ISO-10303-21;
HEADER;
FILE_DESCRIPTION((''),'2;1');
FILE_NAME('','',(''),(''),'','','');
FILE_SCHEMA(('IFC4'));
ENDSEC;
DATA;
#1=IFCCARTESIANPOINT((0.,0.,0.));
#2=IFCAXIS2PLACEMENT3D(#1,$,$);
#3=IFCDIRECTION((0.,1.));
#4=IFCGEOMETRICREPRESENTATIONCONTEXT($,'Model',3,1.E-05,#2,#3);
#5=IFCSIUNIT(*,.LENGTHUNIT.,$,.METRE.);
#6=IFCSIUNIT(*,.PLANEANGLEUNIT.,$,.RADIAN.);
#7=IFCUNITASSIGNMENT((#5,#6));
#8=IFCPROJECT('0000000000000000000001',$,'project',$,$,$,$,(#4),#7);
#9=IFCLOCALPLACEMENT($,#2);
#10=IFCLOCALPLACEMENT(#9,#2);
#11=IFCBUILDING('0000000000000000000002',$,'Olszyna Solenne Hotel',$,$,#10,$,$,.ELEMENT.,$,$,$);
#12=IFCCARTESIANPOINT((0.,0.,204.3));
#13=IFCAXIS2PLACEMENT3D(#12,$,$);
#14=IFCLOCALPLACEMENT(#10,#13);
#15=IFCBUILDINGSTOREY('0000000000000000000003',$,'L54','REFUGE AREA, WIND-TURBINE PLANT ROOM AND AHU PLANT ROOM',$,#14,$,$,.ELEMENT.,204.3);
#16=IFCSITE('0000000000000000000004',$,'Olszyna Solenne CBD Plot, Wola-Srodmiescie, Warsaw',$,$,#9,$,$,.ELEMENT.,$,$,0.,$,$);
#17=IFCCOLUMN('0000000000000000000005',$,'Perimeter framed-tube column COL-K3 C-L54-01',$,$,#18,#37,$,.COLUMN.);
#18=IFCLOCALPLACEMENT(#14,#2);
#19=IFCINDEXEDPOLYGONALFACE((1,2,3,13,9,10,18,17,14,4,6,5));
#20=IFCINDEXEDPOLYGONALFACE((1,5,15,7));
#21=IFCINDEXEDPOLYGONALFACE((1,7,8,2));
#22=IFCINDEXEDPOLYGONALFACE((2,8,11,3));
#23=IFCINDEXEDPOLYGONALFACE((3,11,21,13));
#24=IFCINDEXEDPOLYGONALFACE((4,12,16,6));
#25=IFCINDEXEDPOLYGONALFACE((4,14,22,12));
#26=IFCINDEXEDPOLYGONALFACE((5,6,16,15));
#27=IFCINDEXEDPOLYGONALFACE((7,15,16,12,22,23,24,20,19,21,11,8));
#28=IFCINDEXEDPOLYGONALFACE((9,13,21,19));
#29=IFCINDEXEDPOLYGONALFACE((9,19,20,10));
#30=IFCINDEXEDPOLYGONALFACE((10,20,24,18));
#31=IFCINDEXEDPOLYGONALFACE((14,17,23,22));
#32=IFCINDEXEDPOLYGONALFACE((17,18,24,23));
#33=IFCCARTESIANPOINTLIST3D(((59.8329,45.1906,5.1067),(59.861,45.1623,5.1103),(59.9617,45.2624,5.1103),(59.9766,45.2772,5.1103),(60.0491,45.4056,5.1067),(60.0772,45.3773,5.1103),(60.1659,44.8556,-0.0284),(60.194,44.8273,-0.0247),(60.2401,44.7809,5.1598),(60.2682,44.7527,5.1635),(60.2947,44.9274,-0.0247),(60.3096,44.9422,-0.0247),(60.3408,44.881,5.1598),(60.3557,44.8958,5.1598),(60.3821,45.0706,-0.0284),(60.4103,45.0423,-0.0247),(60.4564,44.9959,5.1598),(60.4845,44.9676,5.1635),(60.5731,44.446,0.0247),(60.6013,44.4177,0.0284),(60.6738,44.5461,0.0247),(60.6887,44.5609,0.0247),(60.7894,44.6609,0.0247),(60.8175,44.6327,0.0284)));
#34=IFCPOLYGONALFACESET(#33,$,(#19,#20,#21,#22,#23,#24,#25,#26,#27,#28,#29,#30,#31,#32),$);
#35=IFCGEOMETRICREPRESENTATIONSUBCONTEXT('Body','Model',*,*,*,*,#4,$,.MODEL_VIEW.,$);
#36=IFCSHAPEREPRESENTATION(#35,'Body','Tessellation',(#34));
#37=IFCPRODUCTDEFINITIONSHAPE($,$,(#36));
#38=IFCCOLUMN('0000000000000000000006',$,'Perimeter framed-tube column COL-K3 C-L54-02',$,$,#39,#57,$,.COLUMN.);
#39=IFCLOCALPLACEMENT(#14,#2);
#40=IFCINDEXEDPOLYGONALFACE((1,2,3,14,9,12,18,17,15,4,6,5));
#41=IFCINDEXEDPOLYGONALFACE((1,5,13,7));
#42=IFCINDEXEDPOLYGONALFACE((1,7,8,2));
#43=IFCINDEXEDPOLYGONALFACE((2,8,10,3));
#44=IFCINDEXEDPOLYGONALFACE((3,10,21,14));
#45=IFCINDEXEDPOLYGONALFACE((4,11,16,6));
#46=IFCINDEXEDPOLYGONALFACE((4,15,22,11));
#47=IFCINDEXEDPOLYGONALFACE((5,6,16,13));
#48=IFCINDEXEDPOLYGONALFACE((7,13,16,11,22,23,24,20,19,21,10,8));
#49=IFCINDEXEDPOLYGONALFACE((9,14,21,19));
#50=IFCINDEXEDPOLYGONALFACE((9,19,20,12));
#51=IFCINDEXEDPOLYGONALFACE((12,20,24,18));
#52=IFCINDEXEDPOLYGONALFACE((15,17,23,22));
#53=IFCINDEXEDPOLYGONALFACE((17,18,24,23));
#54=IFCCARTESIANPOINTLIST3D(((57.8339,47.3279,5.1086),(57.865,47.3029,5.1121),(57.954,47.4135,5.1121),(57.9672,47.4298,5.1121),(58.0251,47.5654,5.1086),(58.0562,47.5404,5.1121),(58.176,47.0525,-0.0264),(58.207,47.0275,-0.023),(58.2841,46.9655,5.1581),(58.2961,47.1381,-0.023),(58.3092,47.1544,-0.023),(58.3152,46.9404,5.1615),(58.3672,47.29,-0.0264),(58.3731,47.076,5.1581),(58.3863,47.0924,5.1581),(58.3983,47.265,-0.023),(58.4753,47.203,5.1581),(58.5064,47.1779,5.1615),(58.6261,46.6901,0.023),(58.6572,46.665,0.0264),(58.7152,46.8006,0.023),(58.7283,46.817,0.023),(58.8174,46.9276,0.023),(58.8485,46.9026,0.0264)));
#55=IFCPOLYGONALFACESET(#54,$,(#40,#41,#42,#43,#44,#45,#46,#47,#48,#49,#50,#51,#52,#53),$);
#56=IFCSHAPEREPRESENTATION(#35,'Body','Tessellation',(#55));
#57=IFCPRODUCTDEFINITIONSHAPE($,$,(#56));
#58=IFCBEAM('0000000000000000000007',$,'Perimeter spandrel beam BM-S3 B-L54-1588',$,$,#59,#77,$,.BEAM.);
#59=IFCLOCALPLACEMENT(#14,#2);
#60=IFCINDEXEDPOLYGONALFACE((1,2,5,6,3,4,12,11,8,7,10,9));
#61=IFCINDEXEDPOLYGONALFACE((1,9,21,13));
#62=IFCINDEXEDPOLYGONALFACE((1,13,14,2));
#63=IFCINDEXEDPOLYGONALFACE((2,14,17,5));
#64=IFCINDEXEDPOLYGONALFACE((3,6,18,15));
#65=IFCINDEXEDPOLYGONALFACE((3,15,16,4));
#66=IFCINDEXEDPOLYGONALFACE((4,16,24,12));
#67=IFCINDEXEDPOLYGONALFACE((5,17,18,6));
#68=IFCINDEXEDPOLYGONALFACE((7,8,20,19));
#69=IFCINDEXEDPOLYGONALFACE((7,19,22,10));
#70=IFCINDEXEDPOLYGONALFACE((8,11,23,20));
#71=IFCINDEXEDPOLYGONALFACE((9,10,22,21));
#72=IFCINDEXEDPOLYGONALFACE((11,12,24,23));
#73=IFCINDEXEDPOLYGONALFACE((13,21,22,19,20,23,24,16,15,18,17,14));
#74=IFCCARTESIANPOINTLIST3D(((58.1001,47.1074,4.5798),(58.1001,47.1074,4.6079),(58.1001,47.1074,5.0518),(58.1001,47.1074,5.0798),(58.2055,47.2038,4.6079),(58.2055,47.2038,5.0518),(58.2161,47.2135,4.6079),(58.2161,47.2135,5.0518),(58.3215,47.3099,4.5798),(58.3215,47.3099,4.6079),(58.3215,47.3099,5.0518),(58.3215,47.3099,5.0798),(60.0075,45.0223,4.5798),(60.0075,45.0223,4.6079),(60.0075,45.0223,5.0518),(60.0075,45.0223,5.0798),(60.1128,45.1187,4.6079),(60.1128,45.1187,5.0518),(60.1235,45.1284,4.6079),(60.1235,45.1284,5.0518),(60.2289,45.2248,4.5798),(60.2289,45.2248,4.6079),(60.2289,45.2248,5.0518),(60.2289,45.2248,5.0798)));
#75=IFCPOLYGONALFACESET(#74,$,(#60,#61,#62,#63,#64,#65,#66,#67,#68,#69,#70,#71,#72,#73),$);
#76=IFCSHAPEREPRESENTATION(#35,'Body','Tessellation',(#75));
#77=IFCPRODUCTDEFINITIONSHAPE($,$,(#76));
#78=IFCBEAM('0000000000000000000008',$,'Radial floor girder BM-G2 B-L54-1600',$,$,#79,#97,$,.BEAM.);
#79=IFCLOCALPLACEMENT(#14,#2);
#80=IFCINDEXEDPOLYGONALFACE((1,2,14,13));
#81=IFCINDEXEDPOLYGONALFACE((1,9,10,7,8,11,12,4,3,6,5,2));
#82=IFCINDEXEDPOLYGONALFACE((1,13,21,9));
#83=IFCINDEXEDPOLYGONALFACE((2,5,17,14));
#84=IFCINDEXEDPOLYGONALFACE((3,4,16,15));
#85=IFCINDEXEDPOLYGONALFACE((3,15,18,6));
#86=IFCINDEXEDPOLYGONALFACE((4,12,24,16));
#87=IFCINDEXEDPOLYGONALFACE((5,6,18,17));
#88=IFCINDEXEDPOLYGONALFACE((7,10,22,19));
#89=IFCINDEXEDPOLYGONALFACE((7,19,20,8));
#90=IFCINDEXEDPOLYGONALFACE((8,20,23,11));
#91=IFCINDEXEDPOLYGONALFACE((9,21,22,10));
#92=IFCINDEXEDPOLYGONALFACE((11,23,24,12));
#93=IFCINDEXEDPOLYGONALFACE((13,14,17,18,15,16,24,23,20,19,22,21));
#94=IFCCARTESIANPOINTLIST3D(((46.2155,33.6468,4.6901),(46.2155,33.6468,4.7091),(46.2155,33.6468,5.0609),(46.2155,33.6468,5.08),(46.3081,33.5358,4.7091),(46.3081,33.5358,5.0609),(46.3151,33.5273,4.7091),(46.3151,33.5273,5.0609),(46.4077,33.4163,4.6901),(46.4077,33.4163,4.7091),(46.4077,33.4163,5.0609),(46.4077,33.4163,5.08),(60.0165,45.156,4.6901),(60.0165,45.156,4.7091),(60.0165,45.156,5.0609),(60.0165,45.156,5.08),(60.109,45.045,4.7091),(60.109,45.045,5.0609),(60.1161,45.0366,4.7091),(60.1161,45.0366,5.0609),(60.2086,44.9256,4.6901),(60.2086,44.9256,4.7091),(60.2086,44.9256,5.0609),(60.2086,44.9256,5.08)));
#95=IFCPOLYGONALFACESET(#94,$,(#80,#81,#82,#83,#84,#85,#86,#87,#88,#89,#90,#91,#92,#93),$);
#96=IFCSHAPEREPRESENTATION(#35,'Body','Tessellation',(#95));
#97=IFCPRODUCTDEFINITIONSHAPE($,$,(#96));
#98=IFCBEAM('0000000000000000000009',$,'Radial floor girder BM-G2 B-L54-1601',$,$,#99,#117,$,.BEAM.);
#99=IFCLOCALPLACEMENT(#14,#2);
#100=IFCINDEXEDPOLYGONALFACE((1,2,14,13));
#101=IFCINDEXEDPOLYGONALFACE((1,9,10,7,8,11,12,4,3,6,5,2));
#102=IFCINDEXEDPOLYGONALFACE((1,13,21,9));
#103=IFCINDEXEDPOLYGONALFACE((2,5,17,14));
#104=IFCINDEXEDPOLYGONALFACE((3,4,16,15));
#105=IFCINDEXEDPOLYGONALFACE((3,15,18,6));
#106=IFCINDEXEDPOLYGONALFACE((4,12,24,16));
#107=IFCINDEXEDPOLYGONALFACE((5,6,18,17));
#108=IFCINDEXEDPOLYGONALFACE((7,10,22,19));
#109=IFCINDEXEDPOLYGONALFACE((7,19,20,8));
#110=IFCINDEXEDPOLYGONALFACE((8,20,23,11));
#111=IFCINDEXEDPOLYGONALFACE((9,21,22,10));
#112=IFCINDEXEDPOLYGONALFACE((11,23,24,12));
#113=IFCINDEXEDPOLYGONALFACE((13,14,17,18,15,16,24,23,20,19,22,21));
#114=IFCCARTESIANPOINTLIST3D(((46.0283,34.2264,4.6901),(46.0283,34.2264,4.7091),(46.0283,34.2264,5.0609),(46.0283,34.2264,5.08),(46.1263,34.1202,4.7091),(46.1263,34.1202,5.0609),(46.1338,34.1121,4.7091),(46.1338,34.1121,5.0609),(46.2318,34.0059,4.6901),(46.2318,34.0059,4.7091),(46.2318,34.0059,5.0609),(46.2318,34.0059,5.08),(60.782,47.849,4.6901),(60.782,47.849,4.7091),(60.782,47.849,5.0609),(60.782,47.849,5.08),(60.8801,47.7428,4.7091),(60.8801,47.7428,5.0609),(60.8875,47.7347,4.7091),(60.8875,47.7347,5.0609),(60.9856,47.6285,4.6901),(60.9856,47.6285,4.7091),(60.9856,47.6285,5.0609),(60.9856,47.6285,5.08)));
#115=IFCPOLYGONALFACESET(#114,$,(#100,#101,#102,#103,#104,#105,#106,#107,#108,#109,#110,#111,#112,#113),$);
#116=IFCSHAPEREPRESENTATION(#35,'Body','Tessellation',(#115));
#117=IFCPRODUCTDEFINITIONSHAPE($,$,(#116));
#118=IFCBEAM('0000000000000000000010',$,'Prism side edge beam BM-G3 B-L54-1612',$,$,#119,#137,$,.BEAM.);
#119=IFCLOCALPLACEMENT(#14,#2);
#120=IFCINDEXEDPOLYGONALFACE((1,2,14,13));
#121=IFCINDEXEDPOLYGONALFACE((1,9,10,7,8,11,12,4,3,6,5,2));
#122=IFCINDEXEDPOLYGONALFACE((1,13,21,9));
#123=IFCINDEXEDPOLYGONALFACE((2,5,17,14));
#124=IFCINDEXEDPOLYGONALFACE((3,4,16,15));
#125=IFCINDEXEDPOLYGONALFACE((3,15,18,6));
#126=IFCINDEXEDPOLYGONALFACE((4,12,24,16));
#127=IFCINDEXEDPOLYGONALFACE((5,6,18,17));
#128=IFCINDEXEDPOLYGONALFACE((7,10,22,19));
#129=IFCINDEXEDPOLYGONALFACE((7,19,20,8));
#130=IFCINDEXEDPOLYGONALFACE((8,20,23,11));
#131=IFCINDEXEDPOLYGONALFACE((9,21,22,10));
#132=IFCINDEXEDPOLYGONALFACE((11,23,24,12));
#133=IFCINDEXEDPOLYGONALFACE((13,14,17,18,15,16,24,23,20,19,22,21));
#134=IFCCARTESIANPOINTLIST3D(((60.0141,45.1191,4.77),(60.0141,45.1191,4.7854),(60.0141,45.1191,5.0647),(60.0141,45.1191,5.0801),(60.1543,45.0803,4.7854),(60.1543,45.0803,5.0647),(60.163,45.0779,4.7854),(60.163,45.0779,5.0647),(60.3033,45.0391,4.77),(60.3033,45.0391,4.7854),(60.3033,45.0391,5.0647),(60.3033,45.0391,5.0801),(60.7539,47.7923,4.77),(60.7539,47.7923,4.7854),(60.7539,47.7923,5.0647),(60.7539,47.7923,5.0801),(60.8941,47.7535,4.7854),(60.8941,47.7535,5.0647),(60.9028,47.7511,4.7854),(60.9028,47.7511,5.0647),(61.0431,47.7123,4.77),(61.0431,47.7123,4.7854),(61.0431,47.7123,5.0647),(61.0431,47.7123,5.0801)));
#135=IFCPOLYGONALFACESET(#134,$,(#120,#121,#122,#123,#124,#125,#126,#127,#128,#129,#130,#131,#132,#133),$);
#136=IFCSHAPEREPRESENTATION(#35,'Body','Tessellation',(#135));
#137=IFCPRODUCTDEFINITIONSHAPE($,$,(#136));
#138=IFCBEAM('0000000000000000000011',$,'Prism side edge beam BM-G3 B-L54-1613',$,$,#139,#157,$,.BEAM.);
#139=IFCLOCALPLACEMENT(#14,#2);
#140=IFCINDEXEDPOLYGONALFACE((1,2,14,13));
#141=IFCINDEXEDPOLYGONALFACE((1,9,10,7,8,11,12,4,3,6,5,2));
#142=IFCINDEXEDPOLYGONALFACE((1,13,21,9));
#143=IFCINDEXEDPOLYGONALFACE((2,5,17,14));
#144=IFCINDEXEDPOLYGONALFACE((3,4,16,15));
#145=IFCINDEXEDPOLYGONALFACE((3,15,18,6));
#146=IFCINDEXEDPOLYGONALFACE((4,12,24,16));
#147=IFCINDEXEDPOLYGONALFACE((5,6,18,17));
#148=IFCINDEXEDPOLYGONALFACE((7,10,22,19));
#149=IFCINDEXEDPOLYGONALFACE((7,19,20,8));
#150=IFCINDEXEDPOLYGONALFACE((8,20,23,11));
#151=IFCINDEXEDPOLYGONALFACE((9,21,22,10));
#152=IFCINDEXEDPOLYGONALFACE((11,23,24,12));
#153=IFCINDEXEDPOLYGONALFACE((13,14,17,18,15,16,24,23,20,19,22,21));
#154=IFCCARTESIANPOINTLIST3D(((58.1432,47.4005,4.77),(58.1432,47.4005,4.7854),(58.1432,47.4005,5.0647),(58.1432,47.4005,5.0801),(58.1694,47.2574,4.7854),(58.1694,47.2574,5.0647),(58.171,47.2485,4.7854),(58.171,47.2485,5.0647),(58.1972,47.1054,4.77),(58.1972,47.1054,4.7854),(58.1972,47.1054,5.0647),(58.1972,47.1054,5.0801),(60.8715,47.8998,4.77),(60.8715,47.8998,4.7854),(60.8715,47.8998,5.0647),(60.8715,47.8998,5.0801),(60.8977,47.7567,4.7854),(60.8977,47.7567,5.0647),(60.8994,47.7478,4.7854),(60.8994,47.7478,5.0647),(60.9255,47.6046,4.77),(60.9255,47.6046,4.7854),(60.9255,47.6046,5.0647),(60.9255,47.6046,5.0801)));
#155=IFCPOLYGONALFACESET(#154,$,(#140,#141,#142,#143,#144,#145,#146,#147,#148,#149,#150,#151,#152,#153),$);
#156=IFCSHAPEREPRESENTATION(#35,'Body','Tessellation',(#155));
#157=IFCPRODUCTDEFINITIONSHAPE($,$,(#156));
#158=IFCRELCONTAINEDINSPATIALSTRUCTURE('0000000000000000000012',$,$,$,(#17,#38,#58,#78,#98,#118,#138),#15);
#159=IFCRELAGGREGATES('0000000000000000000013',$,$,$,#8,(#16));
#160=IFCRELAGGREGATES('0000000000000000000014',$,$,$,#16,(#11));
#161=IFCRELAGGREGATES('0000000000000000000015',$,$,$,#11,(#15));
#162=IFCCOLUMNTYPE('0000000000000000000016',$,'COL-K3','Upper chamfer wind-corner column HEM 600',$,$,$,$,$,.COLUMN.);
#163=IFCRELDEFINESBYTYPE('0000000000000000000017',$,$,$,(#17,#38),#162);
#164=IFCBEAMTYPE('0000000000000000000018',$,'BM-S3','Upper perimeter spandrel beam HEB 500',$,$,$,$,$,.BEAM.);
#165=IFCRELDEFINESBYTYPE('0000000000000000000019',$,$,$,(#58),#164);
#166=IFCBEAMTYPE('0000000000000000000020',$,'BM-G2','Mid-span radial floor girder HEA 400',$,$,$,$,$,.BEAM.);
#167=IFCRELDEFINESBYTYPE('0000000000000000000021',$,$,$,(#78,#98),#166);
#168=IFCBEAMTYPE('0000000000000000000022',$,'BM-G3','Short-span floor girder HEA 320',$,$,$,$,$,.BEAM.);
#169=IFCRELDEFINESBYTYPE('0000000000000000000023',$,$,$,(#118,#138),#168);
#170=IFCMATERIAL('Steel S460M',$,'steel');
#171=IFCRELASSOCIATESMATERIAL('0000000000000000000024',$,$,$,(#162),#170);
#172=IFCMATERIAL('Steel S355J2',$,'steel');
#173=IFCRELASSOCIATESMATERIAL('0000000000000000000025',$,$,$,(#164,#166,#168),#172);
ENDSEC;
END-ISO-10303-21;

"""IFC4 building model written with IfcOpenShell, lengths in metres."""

from ifc_helpers import new_model, si_unit, direction, frame, origin, origin_2d, place, context, subcontext, project, spatial, i_section, extrude, source, transform, mapped, material, material_profile, profile_set, type_object, element, save


model = new_model("IFC4")

# Units and contexts
model_context = context("Model", 3, precision=1e-05, world=origin(), true_north=direction((0.0, 1.0)))
body_context = subcontext(model_context, "Body", "Model", "MODEL_VIEW")
ifc_project = project(units=[si_unit("LENGTHUNIT", "METRE"), si_unit("PLANEANGLEUNIT", "RADIAN")], contexts=[model_context])

# Site, building, storey
site_placement = place(None, origin())
site = spatial("IfcSite", under=ifc_project, at=site_placement, Name="Olszyna Solenne CBD Plot, Wola-Srodmiescie, Warsaw", CompositionType="ELEMENT", RefElevation=0.0)
building_placement = place(site_placement, origin())
building = spatial("IfcBuilding", under=site, at=building_placement, Name="Olszyna Solenne Hotel", CompositionType="ELEMENT")
storey_placement = place(building_placement, frame((0.0, 0.0, 204.3)))
storey = spatial("IfcBuildingStorey", under=building, at=storey_placement, Name="L54", Description="REFUGE AREA, WIND-TURBINE PLANT ROOM AND AHU PLANT ROOM", CompositionType="ELEMENT", Elevation=204.3)

# Columns
ifc_material_1 = material(Name="Steel S460M", Category="steel")
ifc_material_profile_1 = material_profile(ifc_material_1, i_section(OverallWidth=0.3049, OverallDepth=0.6201, WebThickness=0.021, FlangeThickness=0.04, at=origin_2d()), Name="HEM 600", Category="load-bearing")
ifc_profile_set_1 = profile_set([ifc_material_profile_1], Name="Steel S460M")
column_type = type_object("IfcColumnType", Name="COL-K3", Description="Upper chamfer wind-corner column HEM 600", PredefinedType="COLUMN", material=ifc_profile_set_1)
shared_shape_1 = source(origin(), body_context, "Body", "SweptSolid", [
    extrude(i_section(OverallWidth=0.3049, OverallDepth=0.6201, WebThickness=0.021, FlangeThickness=0.04, at=origin_2d()), origin(), (0.0, 0.0, 1.0), 5.1567),
])
column_1_placement = place(storey_placement, frame((60.4917, 44.7441, 0.0), z_axis=(-0.064578, 0.064957, 0.995796), x_axis=(-0.709171, -0.705036, 0.0)))
element("IfcColumn", 1, at=column_1_placement, inside=storey, type_object=column_type, Name="Perimeter framed-tube column COL-K3 C-L54-01", PredefinedType="COLUMN", context=body_context, shape_type="MappedRepresentation", body=[
    mapped(shared_shape_1, transform((0.0, 0.0, 0.0), x_axis=(1.0, 0.0, 0.0), y_axis=(0.0, 1.0, 0.0), z_axis=(0.0, 0.0, 1.0), scale=1.0)),
])
shared_shape_2 = source(origin(), body_context, "Body", "SweptSolid", [
    extrude(i_section(OverallWidth=0.3049, OverallDepth=0.6201, WebThickness=0.021, FlangeThickness=0.04, at=origin_2d()), origin(), (0.0, 0.0, 1.0), 5.1538),
])
column_2_placement = place(storey_placement, frame((58.5122, 46.9775, 0.0), z_axis=(-0.066367, 0.053435, 0.996363), x_axis=(-0.627133, -0.778912, 0.0)))
element("IfcColumn", 2, at=column_2_placement, inside=storey, type_object=column_type, Name="Perimeter framed-tube column COL-K3 C-L54-02", PredefinedType="COLUMN", context=body_context, shape_type="MappedRepresentation", body=[
    mapped(shared_shape_2, transform((0.0, 0.0, 0.0), x_axis=(1.0, 0.0, 0.0), y_axis=(0.0, 1.0, 0.0), z_axis=(0.0, 0.0, 1.0), scale=1.0)),
])

# Beams
ifc_material_2 = material(Name="Steel S355J2", Category="steel")
ifc_material_profile_2 = material_profile(ifc_material_2, i_section(OverallWidth=0.3, OverallDepth=0.5, WebThickness=0.0144, FlangeThickness=0.0281, at=origin_2d()), Name="HEB 500", Category="load-bearing")
ifc_profile_set_2 = profile_set([ifc_material_profile_2], Name="Steel S355J2")
beam_type_1 = type_object("IfcBeamType", Name="BM-S3", Description="Upper perimeter spandrel beam HEB 500", PredefinedType="BEAM", material=ifc_profile_set_2)
shared_shape_3 = source(origin(), body_context, "Body", "SweptSolid", [
    extrude(i_section(OverallWidth=0.3, OverallDepth=0.5, WebThickness=0.0144, FlangeThickness=0.0281, at=origin_2d()), origin(), (0.0, 0.0, 1.0), 2.8259),
])
beam_1_placement = place(storey_placement, frame((60.1182, 45.1235, 4.8298), z_axis=(-0.674961, 0.737853, 0.0), x_axis=(-0.737853, -0.674961, 0.0)))
element("IfcBeam", 3, at=beam_1_placement, inside=storey, type_object=beam_type_1, Name="Perimeter spandrel beam BM-S3 B-L54-1588", PredefinedType="BEAM", context=body_context, shape_type="MappedRepresentation", body=[
    mapped(shared_shape_3, transform((0.0, 0.0, 0.0), x_axis=(1.0, 0.0, 0.0), y_axis=(0.0, 1.0, 0.0), z_axis=(0.0, 0.0, 1.0), scale=1.0)),
])
ifc_material_profile_3 = material_profile(ifc_material_2, i_section(OverallWidth=0.3, OverallDepth=0.3899, WebThickness=0.011, FlangeThickness=0.019, at=origin_2d()), Name="HEA 400", Category="load-bearing")
ifc_profile_set_3 = profile_set([ifc_material_profile_3], Name="Steel S355J2")
beam_type_2 = type_object("IfcBeamType", Name="BM-G2", Description="Mid-span radial floor girder HEA 400", PredefinedType="BEAM", material=ifc_profile_set_3)
shared_shape_4 = source(origin(), body_context, "Body", "SweptSolid", [
    extrude(i_section(OverallWidth=0.3, OverallDepth=0.3899, WebThickness=0.011, FlangeThickness=0.019, at=origin_2d()), origin(), (0.0, 0.0, 1.0), 17.9702),
])
beam_2_placement = place(storey_placement, frame((60.1125, 45.0408, 4.885), z_axis=(-0.767991, -0.640461, 0.0), x_axis=(0.640461, -0.767991, 0.0)))
element("IfcBeam", 4, at=beam_2_placement, inside=storey, type_object=beam_type_2, Name="Radial floor girder BM-G2 B-L54-1600", PredefinedType="BEAM", context=body_context, shape_type="MappedRepresentation", body=[
    mapped(shared_shape_4, transform((0.0, 0.0, 0.0), x_axis=(1.0, 0.0, 0.0), y_axis=(0.0, 1.0, 0.0), z_axis=(0.0, 0.0, 1.0), scale=1.0)),
])
shared_shape_5 = source(origin(), body_context, "Body", "SweptSolid", [
    extrude(i_section(OverallWidth=0.3, OverallDepth=0.3899, WebThickness=0.011, FlangeThickness=0.019, at=origin_2d()), origin(), (0.0, 0.0, 1.0), 20.0811),
])
beam_3_placement = place(storey_placement, frame((60.8838, 47.7388, 4.885), z_axis=(-0.734709, -0.678382, 0.0), x_axis=(0.678382, -0.734709, 0.0)))
element("IfcBeam", 5, at=beam_3_placement, inside=storey, type_object=beam_type_2, Name="Radial floor girder BM-G2 B-L54-1601", PredefinedType="BEAM", context=body_context, shape_type="MappedRepresentation", body=[
    mapped(shared_shape_5, transform((0.0, 0.0, 0.0), x_axis=(1.0, 0.0, 0.0), y_axis=(0.0, 1.0, 0.0), z_axis=(0.0, 0.0, 1.0), scale=1.0)),
])
ifc_material_profile_4 = material_profile(ifc_material_2, i_section(OverallWidth=0.3, OverallDepth=0.3101, WebThickness=0.009, FlangeThickness=0.0154, at=origin_2d()), Name="HEA 320", Category="load-bearing")
ifc_profile_set_4 = profile_set([ifc_material_profile_4], Name="Steel S355J2")
beam_type_3 = type_object("IfcBeamType", Name="BM-G3", Description="Short-span floor girder HEA 320", PredefinedType="BEAM", material=ifc_profile_set_4)
shared_shape_6 = source(origin(), body_context, "Body", "SweptSolid", [
    extrude(i_section(OverallWidth=0.3, OverallDepth=0.3101, WebThickness=0.009, FlangeThickness=0.0154, at=origin_2d()), origin(), (0.0, 0.0, 1.0), 2.7737),
])
for number, where, z_axis, x_axis, name in (
    (6, (60.1587, 45.0791, 4.925), (0.266713, 0.963776, 0.0), (-0.963776, 0.266713, 0.0), "Prism side edge beam BM-G3 B-L54-1612"),
    (7, (58.1702, 47.2529, 4.925), (0.983665, 0.180009, 0.0), (-0.180009, 0.983665, 0.0), "Prism side edge beam BM-G3 B-L54-1613"),
):
    element("IfcBeam", number, at=place(storey_placement, frame(where, z_axis=z_axis, x_axis=x_axis)), inside=storey, type_object=beam_type_3, Name=name, PredefinedType="BEAM", context=body_context, shape_type="MappedRepresentation", body=[
        mapped(shared_shape_6, transform((0.0, 0.0, 0.0), x_axis=(1.0, 0.0, 0.0), y_axis=(0.0, 1.0, 0.0), z_axis=(0.0, 0.0, 1.0), scale=1.0)),
    ])

save(model, "model.ifc")
